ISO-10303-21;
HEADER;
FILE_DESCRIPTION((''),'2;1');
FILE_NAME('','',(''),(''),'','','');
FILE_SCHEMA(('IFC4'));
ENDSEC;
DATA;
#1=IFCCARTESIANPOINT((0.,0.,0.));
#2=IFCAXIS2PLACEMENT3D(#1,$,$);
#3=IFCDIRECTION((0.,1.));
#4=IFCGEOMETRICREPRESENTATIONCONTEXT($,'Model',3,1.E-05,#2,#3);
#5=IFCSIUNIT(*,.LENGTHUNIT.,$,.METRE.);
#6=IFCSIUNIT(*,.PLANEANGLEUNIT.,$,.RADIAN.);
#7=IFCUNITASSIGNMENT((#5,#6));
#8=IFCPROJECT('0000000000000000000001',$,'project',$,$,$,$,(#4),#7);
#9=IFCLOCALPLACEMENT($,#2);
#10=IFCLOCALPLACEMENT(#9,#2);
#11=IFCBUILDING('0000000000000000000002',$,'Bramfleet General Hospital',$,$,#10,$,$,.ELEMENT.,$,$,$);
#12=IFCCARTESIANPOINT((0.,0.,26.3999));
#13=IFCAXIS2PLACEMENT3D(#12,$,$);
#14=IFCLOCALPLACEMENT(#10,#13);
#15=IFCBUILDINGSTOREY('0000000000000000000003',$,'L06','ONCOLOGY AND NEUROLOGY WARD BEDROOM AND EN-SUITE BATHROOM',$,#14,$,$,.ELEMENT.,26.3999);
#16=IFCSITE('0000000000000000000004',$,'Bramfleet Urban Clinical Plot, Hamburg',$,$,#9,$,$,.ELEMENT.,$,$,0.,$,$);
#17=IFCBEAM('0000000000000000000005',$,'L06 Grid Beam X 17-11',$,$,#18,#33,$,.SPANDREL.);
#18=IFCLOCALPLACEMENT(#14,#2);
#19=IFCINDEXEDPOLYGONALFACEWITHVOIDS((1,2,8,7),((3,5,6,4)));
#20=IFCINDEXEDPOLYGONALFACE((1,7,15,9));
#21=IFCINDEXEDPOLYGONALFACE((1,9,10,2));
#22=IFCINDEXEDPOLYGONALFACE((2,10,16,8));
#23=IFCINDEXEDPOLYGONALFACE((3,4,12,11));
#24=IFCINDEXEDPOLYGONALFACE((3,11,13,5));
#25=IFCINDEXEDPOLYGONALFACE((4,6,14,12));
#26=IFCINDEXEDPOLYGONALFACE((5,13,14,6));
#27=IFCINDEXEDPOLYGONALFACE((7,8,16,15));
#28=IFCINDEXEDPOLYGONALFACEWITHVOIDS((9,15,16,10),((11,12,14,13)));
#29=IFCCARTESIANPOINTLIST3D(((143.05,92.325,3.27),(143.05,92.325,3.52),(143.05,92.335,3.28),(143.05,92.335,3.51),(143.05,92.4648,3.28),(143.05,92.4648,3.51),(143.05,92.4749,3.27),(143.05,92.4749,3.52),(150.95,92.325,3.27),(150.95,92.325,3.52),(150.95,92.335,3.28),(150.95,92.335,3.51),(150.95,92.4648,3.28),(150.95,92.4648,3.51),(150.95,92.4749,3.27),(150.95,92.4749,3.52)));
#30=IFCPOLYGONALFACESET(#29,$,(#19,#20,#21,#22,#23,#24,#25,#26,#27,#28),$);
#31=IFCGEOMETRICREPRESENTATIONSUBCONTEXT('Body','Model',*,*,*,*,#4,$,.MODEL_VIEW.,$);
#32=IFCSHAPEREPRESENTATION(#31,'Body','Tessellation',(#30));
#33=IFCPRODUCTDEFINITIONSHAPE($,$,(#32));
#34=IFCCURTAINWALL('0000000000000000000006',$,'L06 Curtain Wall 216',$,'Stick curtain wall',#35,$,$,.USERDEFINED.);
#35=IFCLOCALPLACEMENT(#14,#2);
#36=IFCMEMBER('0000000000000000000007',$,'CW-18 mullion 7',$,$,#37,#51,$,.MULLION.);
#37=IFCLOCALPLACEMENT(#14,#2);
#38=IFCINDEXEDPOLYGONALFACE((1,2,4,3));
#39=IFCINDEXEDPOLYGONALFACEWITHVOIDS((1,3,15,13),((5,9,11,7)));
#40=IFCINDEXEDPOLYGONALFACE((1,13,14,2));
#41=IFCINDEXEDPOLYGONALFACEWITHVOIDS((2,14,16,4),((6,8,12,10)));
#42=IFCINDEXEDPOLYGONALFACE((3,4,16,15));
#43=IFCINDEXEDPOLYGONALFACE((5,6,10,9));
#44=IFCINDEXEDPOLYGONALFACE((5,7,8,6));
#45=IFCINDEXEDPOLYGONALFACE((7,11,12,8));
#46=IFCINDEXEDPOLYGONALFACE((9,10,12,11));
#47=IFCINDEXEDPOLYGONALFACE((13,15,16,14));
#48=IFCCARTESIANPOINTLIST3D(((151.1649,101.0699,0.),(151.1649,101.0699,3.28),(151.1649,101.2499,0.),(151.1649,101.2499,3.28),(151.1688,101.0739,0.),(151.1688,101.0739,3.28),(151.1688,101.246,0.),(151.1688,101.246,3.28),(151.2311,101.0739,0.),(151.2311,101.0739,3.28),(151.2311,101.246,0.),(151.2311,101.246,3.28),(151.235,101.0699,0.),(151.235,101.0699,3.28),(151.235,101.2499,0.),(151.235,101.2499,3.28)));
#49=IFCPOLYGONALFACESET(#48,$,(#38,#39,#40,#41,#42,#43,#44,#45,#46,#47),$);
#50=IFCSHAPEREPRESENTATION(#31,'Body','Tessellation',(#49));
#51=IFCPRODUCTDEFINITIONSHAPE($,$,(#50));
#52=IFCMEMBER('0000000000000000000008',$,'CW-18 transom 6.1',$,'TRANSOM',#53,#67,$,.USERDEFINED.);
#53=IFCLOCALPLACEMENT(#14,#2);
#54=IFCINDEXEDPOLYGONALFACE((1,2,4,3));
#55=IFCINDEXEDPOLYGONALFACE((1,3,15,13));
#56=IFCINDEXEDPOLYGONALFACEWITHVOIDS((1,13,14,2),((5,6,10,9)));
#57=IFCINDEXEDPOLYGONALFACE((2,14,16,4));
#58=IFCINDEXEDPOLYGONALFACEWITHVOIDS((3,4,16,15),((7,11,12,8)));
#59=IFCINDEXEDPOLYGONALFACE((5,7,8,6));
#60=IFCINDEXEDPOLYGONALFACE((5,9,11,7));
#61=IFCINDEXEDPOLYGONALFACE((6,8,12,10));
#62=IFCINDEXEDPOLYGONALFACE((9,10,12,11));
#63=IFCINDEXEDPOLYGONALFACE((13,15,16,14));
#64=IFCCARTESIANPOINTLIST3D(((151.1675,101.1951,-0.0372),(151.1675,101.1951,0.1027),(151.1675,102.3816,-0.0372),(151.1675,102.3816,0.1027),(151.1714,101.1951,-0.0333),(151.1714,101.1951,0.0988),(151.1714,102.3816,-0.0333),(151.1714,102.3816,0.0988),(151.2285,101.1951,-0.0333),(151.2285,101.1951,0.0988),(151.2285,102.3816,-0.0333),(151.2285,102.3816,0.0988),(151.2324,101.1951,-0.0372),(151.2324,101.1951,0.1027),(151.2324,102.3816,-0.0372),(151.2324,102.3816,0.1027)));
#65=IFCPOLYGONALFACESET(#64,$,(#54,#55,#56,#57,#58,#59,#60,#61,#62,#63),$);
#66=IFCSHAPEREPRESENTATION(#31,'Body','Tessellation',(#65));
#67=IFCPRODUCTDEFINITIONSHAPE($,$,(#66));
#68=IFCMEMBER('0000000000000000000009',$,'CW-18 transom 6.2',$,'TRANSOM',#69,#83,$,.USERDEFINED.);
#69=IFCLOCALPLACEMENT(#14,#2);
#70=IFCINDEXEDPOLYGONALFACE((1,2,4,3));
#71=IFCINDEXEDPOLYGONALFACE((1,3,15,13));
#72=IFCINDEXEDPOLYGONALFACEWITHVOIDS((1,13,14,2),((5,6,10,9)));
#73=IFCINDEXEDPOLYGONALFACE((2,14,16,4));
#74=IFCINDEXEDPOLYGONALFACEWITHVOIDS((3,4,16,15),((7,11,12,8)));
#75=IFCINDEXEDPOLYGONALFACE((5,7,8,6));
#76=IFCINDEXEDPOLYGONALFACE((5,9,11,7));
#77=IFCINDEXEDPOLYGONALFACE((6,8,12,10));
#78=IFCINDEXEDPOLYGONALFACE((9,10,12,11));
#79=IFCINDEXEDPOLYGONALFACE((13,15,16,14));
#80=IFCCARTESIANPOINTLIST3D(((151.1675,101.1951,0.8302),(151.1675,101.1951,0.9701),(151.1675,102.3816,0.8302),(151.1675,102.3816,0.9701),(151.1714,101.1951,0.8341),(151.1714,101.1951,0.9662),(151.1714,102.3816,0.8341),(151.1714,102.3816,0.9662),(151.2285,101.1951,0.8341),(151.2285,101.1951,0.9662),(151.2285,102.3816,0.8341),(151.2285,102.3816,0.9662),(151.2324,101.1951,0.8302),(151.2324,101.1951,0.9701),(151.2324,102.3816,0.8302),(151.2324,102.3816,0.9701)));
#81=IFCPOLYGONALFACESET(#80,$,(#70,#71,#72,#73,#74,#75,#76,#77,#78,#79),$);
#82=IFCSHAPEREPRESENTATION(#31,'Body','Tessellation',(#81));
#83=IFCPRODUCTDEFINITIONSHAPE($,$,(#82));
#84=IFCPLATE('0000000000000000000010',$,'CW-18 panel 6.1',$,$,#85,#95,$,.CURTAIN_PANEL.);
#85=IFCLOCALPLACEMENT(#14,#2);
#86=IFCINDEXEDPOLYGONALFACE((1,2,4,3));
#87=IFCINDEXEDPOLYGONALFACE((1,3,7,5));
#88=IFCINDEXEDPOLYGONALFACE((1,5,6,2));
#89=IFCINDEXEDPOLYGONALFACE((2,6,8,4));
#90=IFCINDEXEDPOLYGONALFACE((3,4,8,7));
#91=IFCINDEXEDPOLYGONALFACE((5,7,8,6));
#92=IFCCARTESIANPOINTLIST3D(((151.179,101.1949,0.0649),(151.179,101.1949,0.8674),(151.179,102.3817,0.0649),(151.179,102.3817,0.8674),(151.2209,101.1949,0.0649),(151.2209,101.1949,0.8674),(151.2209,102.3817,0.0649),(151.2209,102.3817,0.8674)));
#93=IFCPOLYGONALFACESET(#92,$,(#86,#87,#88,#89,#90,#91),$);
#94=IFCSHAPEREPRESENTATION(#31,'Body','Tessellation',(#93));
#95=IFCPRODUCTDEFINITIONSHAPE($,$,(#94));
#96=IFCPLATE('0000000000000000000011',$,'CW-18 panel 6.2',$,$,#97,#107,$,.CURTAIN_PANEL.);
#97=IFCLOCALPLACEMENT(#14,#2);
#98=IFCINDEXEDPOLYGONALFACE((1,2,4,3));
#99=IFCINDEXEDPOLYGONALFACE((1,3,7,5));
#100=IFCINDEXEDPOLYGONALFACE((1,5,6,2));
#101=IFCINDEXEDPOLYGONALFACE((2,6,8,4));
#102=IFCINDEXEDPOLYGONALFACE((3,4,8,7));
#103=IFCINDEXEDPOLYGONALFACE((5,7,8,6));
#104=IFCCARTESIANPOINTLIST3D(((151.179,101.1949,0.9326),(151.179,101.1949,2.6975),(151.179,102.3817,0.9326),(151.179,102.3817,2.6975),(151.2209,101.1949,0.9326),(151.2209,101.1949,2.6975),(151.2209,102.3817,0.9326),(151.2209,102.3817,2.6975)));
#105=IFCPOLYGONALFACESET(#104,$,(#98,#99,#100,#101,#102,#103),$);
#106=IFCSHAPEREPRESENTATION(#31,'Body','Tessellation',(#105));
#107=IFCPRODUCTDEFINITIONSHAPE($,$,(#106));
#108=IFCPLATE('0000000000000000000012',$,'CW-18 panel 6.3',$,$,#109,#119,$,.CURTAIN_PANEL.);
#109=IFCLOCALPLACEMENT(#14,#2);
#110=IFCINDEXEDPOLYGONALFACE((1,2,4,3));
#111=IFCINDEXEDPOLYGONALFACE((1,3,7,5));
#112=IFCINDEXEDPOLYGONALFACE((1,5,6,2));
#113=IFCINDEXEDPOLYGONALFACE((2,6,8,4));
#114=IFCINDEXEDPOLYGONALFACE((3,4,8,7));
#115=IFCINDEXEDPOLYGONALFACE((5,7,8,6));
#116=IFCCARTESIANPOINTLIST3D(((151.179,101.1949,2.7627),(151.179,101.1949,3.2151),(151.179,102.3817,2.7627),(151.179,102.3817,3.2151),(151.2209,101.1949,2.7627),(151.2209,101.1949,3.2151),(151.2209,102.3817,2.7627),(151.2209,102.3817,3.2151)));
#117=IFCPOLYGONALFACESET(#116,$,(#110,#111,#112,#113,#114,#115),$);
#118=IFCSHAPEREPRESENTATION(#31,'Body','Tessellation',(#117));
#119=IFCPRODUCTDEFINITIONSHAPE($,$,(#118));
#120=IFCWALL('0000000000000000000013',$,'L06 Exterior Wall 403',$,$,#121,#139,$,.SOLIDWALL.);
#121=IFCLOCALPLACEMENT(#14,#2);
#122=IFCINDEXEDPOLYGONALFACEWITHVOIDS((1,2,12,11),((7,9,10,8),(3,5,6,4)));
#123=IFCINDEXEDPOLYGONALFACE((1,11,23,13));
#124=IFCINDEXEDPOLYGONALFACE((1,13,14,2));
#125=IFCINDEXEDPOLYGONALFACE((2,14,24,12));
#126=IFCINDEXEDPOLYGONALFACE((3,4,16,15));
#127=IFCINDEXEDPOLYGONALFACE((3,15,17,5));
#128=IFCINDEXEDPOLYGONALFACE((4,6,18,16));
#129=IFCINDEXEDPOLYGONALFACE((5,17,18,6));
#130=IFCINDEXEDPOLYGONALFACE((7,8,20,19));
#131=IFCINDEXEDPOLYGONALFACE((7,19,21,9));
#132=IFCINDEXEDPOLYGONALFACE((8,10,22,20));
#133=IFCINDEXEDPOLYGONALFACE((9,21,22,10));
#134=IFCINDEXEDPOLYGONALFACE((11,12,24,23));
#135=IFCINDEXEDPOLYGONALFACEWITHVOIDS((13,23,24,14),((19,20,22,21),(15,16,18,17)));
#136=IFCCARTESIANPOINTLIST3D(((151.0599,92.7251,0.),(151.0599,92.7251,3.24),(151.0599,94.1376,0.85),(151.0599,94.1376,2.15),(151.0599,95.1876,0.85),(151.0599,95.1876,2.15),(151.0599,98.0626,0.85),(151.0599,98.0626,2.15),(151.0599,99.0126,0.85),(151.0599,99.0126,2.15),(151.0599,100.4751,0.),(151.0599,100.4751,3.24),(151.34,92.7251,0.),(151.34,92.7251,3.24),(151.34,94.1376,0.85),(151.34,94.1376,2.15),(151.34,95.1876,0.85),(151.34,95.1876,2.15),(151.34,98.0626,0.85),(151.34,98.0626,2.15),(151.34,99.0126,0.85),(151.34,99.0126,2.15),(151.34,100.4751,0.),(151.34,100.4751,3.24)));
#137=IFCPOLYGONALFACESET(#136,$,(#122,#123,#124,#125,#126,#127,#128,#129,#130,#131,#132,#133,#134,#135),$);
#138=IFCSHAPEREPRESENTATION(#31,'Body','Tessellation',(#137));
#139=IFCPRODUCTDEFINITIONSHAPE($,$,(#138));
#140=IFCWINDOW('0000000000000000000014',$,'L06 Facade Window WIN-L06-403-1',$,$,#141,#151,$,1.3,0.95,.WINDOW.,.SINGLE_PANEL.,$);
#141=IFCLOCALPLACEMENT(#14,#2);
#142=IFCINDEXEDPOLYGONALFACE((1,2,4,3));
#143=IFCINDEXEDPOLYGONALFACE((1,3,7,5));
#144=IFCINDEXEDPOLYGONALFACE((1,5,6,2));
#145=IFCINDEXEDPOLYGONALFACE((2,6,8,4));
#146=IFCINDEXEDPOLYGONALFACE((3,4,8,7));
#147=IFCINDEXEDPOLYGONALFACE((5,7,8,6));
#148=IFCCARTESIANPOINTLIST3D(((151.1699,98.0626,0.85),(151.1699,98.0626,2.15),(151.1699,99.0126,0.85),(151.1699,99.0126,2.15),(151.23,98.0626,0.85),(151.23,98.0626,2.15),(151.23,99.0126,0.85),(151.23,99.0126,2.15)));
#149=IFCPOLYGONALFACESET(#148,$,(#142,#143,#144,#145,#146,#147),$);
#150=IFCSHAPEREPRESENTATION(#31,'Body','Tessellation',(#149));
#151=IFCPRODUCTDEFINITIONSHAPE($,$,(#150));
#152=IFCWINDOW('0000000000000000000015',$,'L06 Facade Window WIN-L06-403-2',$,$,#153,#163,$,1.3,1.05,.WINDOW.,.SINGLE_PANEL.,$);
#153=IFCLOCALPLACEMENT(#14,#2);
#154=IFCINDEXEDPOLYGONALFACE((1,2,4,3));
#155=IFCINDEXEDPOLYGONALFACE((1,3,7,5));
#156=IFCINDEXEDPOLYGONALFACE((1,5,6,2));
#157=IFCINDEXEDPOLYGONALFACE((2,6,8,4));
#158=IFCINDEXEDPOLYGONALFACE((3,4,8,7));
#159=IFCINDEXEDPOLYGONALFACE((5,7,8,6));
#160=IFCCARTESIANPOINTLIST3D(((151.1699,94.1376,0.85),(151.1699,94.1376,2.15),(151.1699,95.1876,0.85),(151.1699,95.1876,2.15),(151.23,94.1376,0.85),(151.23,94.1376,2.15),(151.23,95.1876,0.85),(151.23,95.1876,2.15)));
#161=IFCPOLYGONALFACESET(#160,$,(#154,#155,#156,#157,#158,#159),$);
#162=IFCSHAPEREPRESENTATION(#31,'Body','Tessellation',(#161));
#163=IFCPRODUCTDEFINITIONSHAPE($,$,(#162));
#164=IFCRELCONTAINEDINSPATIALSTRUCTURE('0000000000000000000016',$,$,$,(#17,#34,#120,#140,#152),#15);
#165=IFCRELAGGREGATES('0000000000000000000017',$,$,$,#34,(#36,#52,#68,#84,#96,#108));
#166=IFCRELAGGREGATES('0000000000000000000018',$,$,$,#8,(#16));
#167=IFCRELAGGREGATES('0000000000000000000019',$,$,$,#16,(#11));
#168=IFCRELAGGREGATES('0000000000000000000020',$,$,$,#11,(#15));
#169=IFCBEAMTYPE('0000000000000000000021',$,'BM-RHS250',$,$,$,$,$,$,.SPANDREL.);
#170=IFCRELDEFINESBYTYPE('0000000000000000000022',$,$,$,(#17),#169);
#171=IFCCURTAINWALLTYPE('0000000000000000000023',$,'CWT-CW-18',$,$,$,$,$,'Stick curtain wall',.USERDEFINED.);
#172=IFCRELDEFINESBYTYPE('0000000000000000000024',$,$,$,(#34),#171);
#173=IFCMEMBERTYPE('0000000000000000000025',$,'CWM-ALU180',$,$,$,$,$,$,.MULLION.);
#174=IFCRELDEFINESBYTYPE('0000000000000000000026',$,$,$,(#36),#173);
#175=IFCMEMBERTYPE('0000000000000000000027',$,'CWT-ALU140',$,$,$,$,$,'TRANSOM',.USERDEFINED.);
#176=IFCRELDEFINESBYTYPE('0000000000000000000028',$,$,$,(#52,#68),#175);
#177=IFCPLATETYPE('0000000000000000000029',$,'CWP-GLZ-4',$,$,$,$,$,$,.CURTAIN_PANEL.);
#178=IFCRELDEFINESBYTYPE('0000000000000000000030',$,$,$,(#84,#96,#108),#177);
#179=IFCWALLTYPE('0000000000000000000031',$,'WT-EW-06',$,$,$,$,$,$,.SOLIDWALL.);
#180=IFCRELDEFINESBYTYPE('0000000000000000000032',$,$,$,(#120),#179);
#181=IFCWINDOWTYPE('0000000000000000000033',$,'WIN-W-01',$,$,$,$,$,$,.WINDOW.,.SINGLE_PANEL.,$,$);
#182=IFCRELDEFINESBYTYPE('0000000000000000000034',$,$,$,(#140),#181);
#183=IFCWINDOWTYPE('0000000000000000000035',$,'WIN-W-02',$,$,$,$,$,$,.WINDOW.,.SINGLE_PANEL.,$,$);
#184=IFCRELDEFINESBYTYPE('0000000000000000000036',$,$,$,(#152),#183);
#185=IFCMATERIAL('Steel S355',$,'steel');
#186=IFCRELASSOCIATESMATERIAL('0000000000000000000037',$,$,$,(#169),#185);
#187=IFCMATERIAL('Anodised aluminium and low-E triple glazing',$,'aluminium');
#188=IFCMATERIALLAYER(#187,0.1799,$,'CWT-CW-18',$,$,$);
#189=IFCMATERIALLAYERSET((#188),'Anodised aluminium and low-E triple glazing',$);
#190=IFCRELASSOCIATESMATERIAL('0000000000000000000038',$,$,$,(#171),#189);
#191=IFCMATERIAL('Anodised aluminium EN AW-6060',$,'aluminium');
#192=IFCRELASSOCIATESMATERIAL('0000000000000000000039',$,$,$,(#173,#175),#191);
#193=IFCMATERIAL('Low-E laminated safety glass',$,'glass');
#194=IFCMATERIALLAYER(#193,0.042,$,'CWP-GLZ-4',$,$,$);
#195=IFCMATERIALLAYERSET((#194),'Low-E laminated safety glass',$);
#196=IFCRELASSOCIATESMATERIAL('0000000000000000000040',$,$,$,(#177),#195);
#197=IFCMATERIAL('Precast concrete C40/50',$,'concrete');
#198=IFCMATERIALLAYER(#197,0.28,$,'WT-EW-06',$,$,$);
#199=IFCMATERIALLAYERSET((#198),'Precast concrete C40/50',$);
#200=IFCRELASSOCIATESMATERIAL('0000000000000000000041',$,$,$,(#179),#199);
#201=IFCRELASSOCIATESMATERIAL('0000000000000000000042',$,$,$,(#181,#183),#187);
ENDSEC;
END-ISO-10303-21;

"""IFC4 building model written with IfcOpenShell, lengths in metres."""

from ifc_helpers import new_model, si_unit, direction, frame, frame_2d, origin, origin_2d, place, context, subcontext, project, spatial, rectangle, hollow_rectangle, extrude, material, layer, layer_set, material_profile, profile_set, type_object, element, fill, aggregate, save


model = new_model("IFC4")

# Units and contexts
model_context = context("Model", 3, precision=1e-05, world=origin(), true_north=direction((0.0, 1.0)))
body_context = subcontext(model_context, "Body", "Model", "MODEL_VIEW")
ifc_project = project(units=[si_unit("LENGTHUNIT", "METRE"), si_unit("PLANEANGLEUNIT", "RADIAN")], contexts=[model_context])

# Site, building, storey
site_placement = place(None, origin())
site = spatial("IfcSite", under=ifc_project, at=site_placement, Name="Bramfleet Urban Clinical Plot, Hamburg", CompositionType="ELEMENT", RefElevation=0.0)
building_placement = place(site_placement, origin())
building = spatial("IfcBuilding", under=site, at=building_placement, Name="Bramfleet General Hospital", CompositionType="ELEMENT")
storey_placement = place(building_placement, frame((0.0, 0.0, 26.3999)))
storey = spatial("IfcBuildingStorey", under=building, at=storey_placement, Name="L06", Description="ONCOLOGY AND NEUROLOGY WARD BEDROOM AND EN-SUITE BATHROOM", CompositionType="ELEMENT", Elevation=26.3999)

# Beam
ifc_material_1 = material(Name="Steel S355", Category="steel")
ifc_material_profile_1 = material_profile(ifc_material_1, hollow_rectangle(XDim=0.1499, YDim=0.25, WallThickness=0.01, at=origin_2d()), Name="RHS 250x150x10.0")
ifc_profile_set_1 = profile_set([ifc_material_profile_1], Name="Steel S355")
beam_type_1 = type_object("IfcBeamType", Name="BM-RHS250", PredefinedType="SPANDREL", material=ifc_profile_set_1)
beam_1_placement = place(storey_placement, frame((143.05, 92.3999, 3.395), z_axis=(1.0, 0.0, 0.0), x_axis=(0.0, 1.0, 0.0)))
element("IfcBeam", 1, at=beam_1_placement, inside=storey, type_object=beam_type_1, Name="L06 Grid Beam X 17-11", PredefinedType="SPANDREL", context=body_context, shape_type="SweptSolid", body=[
    extrude(hollow_rectangle(XDim=0.1499, YDim=0.25, WallThickness=0.01, at=origin_2d()), origin(), (0.0, 0.0, 1.0), 7.8999),
])

# Curtain wall, members, plates
ifc_material_2 = material(Name="Anodised aluminium and low-E triple glazing", Category="aluminium")
ifc_layer_1 = layer(ifc_material_2, 0.1799, Name="CWT-CW-18")
ifc_layer_set_1 = layer_set([ifc_layer_1], Name="Anodised aluminium and low-E triple glazing")
curtain_wall_type = type_object("IfcCurtainWallType", Name="CWT-CW-18", ElementType="Stick curtain wall", PredefinedType="USERDEFINED", material=ifc_layer_set_1)
curtain_wall_placement = place(storey_placement, origin())
curtain_wall = element("IfcCurtainWall", 2, at=curtain_wall_placement, inside=storey, type_object=curtain_wall_type, Name="L06 Curtain Wall 216", ObjectType="Stick curtain wall", PredefinedType="USERDEFINED")
ifc_material_3 = material(Name="Anodised aluminium EN AW-6060", Category="aluminium")
ifc_material_profile_2 = material_profile(ifc_material_3, hollow_rectangle(XDim=0.0701, YDim=0.1799, WallThickness=0.0039, at=origin_2d()), Name="ALU 180x70x4.0")
ifc_profile_set_2 = profile_set([ifc_material_profile_2], Name="Anodised aluminium EN AW-6060")
member_type_1 = type_object("IfcMemberType", Name="CWM-ALU180", PredefinedType="MULLION", material=ifc_profile_set_2)
member_1_placement = place(storey_placement, frame((151.2, 101.1599, 0.0), z_axis=(0.0, 0.0, 1.0), x_axis=(1.0, 0.0, 0.0)))
member_1 = element("IfcMember", 3, at=member_1_placement, type_object=member_type_1, Name="CW-18 mullion 7", PredefinedType="MULLION", context=body_context, shape_type="SweptSolid", body=[
    extrude(hollow_rectangle(XDim=0.0701, YDim=0.1799, WallThickness=0.0039, at=origin_2d()), origin(), (0.0, 0.0, 1.0), 3.28),
])
ifc_material_profile_3 = material_profile(ifc_material_3, hollow_rectangle(XDim=0.0649, YDim=0.1399, WallThickness=0.0039, at=origin_2d()), Name="ALU 140x65x4.0")
ifc_profile_set_3 = profile_set([ifc_material_profile_3], Name="Anodised aluminium EN AW-6060")
member_type_2 = type_object("IfcMemberType", Name="CWT-ALU140", ElementType="TRANSOM", PredefinedType="USERDEFINED", material=ifc_profile_set_3)
member_2_placement = place(storey_placement, frame((151.2, 102.3816, 0.0327), z_axis=(0.0, -1.0, 0.0), x_axis=(1.0, 0.0, 0.0)))
member_2 = element("IfcMember", 4, at=member_2_placement, type_object=member_type_2, Name="CW-18 transom 6.1", ObjectType="TRANSOM", PredefinedType="USERDEFINED", context=body_context, shape_type="SweptSolid", body=[
    extrude(hollow_rectangle(XDim=0.0649, YDim=0.1399, WallThickness=0.0039, at=origin_2d()), origin(), (0.0, 0.0, 1.0), 1.1865),
])
member_3_placement = place(storey_placement, frame((151.2, 102.3816, 0.9001), z_axis=(0.0, -1.0, 0.0), x_axis=(1.0, 0.0, 0.0)))
member_3 = element("IfcMember", 5, at=member_3_placement, type_object=member_type_2, Name="CW-18 transom 6.2", ObjectType="TRANSOM", PredefinedType="USERDEFINED", context=body_context, shape_type="SweptSolid", body=[
    extrude(hollow_rectangle(XDim=0.0649, YDim=0.1399, WallThickness=0.0039, at=origin_2d()), origin(), (0.0, 0.0, 1.0), 1.1865),
])
ifc_material_4 = material(Name="Low-E laminated safety glass", Category="glass")
ifc_layer_2 = layer(ifc_material_4, 0.042, Name="CWP-GLZ-4")
ifc_layer_set_2 = layer_set([ifc_layer_2], Name="Low-E laminated safety glass")
plate_type = type_object("IfcPlateType", Name="CWP-GLZ-4", PredefinedType="CURTAIN_PANEL", material=ifc_layer_set_2)
plate_1_placement = place(storey_placement, frame((151.2, 101.7883, 0.0649), z_axis=(0.0, 0.0, 1.0), x_axis=(0.0, -1.0, 0.0)))
plate_1 = element("IfcPlate", 6, at=plate_1_placement, type_object=plate_type, Name="CW-18 panel 6.1", PredefinedType="CURTAIN_PANEL", context=body_context, shape_type="SweptSolid", body=[
    extrude(rectangle(XDim=1.1868, YDim=0.042, at=origin_2d()), origin(), (0.0, 0.0, 1.0), 0.8025),
])
plate_2_placement = place(storey_placement, frame((151.2, 101.7883, 0.9326), z_axis=(0.0, 0.0, 1.0), x_axis=(0.0, -1.0, 0.0)))
plate_2 = element("IfcPlate", 7, at=plate_2_placement, type_object=plate_type, Name="CW-18 panel 6.2", PredefinedType="CURTAIN_PANEL", context=body_context, shape_type="SweptSolid", body=[
    extrude(rectangle(XDim=1.1868, YDim=0.042, at=origin_2d()), origin(), (0.0, 0.0, 1.0), 1.7649),
])
plate_3_placement = place(storey_placement, frame((151.2, 101.7883, 2.7627), z_axis=(0.0, 0.0, 1.0), x_axis=(0.0, -1.0, 0.0)))
plate_3 = element("IfcPlate", 8, at=plate_3_placement, type_object=plate_type, Name="CW-18 panel 6.3", PredefinedType="CURTAIN_PANEL", context=body_context, shape_type="SweptSolid", body=[
    extrude(rectangle(XDim=1.1868, YDim=0.042, at=origin_2d()), origin(), (0.0, 0.0, 1.0), 0.4524),
])
aggregate(curtain_wall, [member_1, member_2, member_3, plate_1, plate_2, plate_3])

# Wall, openings, windows
ifc_material_5 = material(Name="Precast concrete C40/50", Category="concrete")
ifc_layer_3 = layer(ifc_material_5, 0.28, Name="WT-EW-06")
ifc_layer_set_3 = layer_set([ifc_layer_3], Name="Precast concrete C40/50")
wall_type_1 = type_object("IfcWallType", Name="WT-EW-06", PredefinedType="SOLIDWALL", material=ifc_layer_set_3)
wall_1_placement = place(storey_placement, frame((151.2, 100.4751, 0.0), z_axis=(0.0, 0.0, 1.0), x_axis=(0.0, -1.0, 0.0)))
wall_1 = element("IfcWall", 9, at=wall_1_placement, inside=storey, type_object=wall_type_1, Name="L06 Exterior Wall 403", PredefinedType="SOLIDWALL", context=body_context, shape_type="SweptSolid", body=[
    extrude(rectangle(XDim=7.75, YDim=0.28, at=frame_2d((3.875, 0.0))), origin(), (0.0, 0.0, 1.0), 3.24),
])
opening_1_placement = place(wall_1_placement, frame((1.4624, 0.0, 0.8501)))
opening_1 = element("IfcOpeningElement", 10, at=opening_1_placement, cuts=wall_1, PredefinedType="OPENING", context=body_context, shape_type="SweptSolid", body=[
    extrude(rectangle(XDim=0.95, YDim=1.3, at=frame_2d((0.4751, 0.6499))), frame((0.0, 0.1499, 0.0), z_axis=(0.0, -1.0, 0.0), x_axis=(1.0, 0.0, 0.0)), (0.0, 0.0, 1.0), 0.3),
])
opening_2_placement = place(wall_1_placement, frame((5.2876, 0.0, 0.8501)))
opening_2 = element("IfcOpeningElement", 11, at=opening_2_placement, cuts=wall_1, PredefinedType="OPENING", context=body_context, shape_type="SweptSolid", body=[
    extrude(rectangle(XDim=1.05, YDim=1.3, at=frame_2d((0.5249, 0.6499))), frame((0.0, 0.1499, 0.0), z_axis=(0.0, -1.0, 0.0), x_axis=(1.0, 0.0, 0.0)), (0.0, 0.0, 1.0), 0.3),
])
window_type_1 = type_object("IfcWindowType", Name="WIN-W-01", PartitioningType="SINGLE_PANEL", PredefinedType="WINDOW", material=ifc_material_2)
window_1_placement = place(opening_1_placement, origin())
window_1 = element("IfcWindow", 12, at=window_1_placement, inside=storey, type_object=window_type_1, Name="L06 Facade Window WIN-L06-403-1", OverallHeight=1.3, OverallWidth=0.95, PartitioningType="SINGLE_PANEL", PredefinedType="WINDOW", context=body_context, shape_type="SweptSolid", body=[
    extrude(rectangle(XDim=0.95, YDim=1.3, at=frame_2d((0.4751, 0.6499))), frame((0.0, 0.03, 0.0), z_axis=(0.0, -1.0, 0.0), x_axis=(1.0, 0.0, 0.0)), (0.0, 0.0, 1.0), 0.0601),
])
fill(opening_1, window_1)
window_type_2 = type_object("IfcWindowType", Name="WIN-W-02", PartitioningType="SINGLE_PANEL", PredefinedType="WINDOW", material=ifc_material_2)
window_2_placement = place(opening_2_placement, origin())
window_2 = element("IfcWindow", 13, at=window_2_placement, inside=storey, type_object=window_type_2, Name="L06 Facade Window WIN-L06-403-2", OverallHeight=1.3, OverallWidth=1.05, PartitioningType="SINGLE_PANEL", PredefinedType="WINDOW", context=body_context, shape_type="SweptSolid", body=[
    extrude(rectangle(XDim=1.05, YDim=1.3, at=frame_2d((0.5249, 0.6499))), frame((0.0, 0.03, 0.0), z_axis=(0.0, -1.0, 0.0), x_axis=(1.0, 0.0, 0.0)), (0.0, 0.0, 1.0), 0.0601),
])
fill(opening_2, window_2)

save(model, "model.ifc")
